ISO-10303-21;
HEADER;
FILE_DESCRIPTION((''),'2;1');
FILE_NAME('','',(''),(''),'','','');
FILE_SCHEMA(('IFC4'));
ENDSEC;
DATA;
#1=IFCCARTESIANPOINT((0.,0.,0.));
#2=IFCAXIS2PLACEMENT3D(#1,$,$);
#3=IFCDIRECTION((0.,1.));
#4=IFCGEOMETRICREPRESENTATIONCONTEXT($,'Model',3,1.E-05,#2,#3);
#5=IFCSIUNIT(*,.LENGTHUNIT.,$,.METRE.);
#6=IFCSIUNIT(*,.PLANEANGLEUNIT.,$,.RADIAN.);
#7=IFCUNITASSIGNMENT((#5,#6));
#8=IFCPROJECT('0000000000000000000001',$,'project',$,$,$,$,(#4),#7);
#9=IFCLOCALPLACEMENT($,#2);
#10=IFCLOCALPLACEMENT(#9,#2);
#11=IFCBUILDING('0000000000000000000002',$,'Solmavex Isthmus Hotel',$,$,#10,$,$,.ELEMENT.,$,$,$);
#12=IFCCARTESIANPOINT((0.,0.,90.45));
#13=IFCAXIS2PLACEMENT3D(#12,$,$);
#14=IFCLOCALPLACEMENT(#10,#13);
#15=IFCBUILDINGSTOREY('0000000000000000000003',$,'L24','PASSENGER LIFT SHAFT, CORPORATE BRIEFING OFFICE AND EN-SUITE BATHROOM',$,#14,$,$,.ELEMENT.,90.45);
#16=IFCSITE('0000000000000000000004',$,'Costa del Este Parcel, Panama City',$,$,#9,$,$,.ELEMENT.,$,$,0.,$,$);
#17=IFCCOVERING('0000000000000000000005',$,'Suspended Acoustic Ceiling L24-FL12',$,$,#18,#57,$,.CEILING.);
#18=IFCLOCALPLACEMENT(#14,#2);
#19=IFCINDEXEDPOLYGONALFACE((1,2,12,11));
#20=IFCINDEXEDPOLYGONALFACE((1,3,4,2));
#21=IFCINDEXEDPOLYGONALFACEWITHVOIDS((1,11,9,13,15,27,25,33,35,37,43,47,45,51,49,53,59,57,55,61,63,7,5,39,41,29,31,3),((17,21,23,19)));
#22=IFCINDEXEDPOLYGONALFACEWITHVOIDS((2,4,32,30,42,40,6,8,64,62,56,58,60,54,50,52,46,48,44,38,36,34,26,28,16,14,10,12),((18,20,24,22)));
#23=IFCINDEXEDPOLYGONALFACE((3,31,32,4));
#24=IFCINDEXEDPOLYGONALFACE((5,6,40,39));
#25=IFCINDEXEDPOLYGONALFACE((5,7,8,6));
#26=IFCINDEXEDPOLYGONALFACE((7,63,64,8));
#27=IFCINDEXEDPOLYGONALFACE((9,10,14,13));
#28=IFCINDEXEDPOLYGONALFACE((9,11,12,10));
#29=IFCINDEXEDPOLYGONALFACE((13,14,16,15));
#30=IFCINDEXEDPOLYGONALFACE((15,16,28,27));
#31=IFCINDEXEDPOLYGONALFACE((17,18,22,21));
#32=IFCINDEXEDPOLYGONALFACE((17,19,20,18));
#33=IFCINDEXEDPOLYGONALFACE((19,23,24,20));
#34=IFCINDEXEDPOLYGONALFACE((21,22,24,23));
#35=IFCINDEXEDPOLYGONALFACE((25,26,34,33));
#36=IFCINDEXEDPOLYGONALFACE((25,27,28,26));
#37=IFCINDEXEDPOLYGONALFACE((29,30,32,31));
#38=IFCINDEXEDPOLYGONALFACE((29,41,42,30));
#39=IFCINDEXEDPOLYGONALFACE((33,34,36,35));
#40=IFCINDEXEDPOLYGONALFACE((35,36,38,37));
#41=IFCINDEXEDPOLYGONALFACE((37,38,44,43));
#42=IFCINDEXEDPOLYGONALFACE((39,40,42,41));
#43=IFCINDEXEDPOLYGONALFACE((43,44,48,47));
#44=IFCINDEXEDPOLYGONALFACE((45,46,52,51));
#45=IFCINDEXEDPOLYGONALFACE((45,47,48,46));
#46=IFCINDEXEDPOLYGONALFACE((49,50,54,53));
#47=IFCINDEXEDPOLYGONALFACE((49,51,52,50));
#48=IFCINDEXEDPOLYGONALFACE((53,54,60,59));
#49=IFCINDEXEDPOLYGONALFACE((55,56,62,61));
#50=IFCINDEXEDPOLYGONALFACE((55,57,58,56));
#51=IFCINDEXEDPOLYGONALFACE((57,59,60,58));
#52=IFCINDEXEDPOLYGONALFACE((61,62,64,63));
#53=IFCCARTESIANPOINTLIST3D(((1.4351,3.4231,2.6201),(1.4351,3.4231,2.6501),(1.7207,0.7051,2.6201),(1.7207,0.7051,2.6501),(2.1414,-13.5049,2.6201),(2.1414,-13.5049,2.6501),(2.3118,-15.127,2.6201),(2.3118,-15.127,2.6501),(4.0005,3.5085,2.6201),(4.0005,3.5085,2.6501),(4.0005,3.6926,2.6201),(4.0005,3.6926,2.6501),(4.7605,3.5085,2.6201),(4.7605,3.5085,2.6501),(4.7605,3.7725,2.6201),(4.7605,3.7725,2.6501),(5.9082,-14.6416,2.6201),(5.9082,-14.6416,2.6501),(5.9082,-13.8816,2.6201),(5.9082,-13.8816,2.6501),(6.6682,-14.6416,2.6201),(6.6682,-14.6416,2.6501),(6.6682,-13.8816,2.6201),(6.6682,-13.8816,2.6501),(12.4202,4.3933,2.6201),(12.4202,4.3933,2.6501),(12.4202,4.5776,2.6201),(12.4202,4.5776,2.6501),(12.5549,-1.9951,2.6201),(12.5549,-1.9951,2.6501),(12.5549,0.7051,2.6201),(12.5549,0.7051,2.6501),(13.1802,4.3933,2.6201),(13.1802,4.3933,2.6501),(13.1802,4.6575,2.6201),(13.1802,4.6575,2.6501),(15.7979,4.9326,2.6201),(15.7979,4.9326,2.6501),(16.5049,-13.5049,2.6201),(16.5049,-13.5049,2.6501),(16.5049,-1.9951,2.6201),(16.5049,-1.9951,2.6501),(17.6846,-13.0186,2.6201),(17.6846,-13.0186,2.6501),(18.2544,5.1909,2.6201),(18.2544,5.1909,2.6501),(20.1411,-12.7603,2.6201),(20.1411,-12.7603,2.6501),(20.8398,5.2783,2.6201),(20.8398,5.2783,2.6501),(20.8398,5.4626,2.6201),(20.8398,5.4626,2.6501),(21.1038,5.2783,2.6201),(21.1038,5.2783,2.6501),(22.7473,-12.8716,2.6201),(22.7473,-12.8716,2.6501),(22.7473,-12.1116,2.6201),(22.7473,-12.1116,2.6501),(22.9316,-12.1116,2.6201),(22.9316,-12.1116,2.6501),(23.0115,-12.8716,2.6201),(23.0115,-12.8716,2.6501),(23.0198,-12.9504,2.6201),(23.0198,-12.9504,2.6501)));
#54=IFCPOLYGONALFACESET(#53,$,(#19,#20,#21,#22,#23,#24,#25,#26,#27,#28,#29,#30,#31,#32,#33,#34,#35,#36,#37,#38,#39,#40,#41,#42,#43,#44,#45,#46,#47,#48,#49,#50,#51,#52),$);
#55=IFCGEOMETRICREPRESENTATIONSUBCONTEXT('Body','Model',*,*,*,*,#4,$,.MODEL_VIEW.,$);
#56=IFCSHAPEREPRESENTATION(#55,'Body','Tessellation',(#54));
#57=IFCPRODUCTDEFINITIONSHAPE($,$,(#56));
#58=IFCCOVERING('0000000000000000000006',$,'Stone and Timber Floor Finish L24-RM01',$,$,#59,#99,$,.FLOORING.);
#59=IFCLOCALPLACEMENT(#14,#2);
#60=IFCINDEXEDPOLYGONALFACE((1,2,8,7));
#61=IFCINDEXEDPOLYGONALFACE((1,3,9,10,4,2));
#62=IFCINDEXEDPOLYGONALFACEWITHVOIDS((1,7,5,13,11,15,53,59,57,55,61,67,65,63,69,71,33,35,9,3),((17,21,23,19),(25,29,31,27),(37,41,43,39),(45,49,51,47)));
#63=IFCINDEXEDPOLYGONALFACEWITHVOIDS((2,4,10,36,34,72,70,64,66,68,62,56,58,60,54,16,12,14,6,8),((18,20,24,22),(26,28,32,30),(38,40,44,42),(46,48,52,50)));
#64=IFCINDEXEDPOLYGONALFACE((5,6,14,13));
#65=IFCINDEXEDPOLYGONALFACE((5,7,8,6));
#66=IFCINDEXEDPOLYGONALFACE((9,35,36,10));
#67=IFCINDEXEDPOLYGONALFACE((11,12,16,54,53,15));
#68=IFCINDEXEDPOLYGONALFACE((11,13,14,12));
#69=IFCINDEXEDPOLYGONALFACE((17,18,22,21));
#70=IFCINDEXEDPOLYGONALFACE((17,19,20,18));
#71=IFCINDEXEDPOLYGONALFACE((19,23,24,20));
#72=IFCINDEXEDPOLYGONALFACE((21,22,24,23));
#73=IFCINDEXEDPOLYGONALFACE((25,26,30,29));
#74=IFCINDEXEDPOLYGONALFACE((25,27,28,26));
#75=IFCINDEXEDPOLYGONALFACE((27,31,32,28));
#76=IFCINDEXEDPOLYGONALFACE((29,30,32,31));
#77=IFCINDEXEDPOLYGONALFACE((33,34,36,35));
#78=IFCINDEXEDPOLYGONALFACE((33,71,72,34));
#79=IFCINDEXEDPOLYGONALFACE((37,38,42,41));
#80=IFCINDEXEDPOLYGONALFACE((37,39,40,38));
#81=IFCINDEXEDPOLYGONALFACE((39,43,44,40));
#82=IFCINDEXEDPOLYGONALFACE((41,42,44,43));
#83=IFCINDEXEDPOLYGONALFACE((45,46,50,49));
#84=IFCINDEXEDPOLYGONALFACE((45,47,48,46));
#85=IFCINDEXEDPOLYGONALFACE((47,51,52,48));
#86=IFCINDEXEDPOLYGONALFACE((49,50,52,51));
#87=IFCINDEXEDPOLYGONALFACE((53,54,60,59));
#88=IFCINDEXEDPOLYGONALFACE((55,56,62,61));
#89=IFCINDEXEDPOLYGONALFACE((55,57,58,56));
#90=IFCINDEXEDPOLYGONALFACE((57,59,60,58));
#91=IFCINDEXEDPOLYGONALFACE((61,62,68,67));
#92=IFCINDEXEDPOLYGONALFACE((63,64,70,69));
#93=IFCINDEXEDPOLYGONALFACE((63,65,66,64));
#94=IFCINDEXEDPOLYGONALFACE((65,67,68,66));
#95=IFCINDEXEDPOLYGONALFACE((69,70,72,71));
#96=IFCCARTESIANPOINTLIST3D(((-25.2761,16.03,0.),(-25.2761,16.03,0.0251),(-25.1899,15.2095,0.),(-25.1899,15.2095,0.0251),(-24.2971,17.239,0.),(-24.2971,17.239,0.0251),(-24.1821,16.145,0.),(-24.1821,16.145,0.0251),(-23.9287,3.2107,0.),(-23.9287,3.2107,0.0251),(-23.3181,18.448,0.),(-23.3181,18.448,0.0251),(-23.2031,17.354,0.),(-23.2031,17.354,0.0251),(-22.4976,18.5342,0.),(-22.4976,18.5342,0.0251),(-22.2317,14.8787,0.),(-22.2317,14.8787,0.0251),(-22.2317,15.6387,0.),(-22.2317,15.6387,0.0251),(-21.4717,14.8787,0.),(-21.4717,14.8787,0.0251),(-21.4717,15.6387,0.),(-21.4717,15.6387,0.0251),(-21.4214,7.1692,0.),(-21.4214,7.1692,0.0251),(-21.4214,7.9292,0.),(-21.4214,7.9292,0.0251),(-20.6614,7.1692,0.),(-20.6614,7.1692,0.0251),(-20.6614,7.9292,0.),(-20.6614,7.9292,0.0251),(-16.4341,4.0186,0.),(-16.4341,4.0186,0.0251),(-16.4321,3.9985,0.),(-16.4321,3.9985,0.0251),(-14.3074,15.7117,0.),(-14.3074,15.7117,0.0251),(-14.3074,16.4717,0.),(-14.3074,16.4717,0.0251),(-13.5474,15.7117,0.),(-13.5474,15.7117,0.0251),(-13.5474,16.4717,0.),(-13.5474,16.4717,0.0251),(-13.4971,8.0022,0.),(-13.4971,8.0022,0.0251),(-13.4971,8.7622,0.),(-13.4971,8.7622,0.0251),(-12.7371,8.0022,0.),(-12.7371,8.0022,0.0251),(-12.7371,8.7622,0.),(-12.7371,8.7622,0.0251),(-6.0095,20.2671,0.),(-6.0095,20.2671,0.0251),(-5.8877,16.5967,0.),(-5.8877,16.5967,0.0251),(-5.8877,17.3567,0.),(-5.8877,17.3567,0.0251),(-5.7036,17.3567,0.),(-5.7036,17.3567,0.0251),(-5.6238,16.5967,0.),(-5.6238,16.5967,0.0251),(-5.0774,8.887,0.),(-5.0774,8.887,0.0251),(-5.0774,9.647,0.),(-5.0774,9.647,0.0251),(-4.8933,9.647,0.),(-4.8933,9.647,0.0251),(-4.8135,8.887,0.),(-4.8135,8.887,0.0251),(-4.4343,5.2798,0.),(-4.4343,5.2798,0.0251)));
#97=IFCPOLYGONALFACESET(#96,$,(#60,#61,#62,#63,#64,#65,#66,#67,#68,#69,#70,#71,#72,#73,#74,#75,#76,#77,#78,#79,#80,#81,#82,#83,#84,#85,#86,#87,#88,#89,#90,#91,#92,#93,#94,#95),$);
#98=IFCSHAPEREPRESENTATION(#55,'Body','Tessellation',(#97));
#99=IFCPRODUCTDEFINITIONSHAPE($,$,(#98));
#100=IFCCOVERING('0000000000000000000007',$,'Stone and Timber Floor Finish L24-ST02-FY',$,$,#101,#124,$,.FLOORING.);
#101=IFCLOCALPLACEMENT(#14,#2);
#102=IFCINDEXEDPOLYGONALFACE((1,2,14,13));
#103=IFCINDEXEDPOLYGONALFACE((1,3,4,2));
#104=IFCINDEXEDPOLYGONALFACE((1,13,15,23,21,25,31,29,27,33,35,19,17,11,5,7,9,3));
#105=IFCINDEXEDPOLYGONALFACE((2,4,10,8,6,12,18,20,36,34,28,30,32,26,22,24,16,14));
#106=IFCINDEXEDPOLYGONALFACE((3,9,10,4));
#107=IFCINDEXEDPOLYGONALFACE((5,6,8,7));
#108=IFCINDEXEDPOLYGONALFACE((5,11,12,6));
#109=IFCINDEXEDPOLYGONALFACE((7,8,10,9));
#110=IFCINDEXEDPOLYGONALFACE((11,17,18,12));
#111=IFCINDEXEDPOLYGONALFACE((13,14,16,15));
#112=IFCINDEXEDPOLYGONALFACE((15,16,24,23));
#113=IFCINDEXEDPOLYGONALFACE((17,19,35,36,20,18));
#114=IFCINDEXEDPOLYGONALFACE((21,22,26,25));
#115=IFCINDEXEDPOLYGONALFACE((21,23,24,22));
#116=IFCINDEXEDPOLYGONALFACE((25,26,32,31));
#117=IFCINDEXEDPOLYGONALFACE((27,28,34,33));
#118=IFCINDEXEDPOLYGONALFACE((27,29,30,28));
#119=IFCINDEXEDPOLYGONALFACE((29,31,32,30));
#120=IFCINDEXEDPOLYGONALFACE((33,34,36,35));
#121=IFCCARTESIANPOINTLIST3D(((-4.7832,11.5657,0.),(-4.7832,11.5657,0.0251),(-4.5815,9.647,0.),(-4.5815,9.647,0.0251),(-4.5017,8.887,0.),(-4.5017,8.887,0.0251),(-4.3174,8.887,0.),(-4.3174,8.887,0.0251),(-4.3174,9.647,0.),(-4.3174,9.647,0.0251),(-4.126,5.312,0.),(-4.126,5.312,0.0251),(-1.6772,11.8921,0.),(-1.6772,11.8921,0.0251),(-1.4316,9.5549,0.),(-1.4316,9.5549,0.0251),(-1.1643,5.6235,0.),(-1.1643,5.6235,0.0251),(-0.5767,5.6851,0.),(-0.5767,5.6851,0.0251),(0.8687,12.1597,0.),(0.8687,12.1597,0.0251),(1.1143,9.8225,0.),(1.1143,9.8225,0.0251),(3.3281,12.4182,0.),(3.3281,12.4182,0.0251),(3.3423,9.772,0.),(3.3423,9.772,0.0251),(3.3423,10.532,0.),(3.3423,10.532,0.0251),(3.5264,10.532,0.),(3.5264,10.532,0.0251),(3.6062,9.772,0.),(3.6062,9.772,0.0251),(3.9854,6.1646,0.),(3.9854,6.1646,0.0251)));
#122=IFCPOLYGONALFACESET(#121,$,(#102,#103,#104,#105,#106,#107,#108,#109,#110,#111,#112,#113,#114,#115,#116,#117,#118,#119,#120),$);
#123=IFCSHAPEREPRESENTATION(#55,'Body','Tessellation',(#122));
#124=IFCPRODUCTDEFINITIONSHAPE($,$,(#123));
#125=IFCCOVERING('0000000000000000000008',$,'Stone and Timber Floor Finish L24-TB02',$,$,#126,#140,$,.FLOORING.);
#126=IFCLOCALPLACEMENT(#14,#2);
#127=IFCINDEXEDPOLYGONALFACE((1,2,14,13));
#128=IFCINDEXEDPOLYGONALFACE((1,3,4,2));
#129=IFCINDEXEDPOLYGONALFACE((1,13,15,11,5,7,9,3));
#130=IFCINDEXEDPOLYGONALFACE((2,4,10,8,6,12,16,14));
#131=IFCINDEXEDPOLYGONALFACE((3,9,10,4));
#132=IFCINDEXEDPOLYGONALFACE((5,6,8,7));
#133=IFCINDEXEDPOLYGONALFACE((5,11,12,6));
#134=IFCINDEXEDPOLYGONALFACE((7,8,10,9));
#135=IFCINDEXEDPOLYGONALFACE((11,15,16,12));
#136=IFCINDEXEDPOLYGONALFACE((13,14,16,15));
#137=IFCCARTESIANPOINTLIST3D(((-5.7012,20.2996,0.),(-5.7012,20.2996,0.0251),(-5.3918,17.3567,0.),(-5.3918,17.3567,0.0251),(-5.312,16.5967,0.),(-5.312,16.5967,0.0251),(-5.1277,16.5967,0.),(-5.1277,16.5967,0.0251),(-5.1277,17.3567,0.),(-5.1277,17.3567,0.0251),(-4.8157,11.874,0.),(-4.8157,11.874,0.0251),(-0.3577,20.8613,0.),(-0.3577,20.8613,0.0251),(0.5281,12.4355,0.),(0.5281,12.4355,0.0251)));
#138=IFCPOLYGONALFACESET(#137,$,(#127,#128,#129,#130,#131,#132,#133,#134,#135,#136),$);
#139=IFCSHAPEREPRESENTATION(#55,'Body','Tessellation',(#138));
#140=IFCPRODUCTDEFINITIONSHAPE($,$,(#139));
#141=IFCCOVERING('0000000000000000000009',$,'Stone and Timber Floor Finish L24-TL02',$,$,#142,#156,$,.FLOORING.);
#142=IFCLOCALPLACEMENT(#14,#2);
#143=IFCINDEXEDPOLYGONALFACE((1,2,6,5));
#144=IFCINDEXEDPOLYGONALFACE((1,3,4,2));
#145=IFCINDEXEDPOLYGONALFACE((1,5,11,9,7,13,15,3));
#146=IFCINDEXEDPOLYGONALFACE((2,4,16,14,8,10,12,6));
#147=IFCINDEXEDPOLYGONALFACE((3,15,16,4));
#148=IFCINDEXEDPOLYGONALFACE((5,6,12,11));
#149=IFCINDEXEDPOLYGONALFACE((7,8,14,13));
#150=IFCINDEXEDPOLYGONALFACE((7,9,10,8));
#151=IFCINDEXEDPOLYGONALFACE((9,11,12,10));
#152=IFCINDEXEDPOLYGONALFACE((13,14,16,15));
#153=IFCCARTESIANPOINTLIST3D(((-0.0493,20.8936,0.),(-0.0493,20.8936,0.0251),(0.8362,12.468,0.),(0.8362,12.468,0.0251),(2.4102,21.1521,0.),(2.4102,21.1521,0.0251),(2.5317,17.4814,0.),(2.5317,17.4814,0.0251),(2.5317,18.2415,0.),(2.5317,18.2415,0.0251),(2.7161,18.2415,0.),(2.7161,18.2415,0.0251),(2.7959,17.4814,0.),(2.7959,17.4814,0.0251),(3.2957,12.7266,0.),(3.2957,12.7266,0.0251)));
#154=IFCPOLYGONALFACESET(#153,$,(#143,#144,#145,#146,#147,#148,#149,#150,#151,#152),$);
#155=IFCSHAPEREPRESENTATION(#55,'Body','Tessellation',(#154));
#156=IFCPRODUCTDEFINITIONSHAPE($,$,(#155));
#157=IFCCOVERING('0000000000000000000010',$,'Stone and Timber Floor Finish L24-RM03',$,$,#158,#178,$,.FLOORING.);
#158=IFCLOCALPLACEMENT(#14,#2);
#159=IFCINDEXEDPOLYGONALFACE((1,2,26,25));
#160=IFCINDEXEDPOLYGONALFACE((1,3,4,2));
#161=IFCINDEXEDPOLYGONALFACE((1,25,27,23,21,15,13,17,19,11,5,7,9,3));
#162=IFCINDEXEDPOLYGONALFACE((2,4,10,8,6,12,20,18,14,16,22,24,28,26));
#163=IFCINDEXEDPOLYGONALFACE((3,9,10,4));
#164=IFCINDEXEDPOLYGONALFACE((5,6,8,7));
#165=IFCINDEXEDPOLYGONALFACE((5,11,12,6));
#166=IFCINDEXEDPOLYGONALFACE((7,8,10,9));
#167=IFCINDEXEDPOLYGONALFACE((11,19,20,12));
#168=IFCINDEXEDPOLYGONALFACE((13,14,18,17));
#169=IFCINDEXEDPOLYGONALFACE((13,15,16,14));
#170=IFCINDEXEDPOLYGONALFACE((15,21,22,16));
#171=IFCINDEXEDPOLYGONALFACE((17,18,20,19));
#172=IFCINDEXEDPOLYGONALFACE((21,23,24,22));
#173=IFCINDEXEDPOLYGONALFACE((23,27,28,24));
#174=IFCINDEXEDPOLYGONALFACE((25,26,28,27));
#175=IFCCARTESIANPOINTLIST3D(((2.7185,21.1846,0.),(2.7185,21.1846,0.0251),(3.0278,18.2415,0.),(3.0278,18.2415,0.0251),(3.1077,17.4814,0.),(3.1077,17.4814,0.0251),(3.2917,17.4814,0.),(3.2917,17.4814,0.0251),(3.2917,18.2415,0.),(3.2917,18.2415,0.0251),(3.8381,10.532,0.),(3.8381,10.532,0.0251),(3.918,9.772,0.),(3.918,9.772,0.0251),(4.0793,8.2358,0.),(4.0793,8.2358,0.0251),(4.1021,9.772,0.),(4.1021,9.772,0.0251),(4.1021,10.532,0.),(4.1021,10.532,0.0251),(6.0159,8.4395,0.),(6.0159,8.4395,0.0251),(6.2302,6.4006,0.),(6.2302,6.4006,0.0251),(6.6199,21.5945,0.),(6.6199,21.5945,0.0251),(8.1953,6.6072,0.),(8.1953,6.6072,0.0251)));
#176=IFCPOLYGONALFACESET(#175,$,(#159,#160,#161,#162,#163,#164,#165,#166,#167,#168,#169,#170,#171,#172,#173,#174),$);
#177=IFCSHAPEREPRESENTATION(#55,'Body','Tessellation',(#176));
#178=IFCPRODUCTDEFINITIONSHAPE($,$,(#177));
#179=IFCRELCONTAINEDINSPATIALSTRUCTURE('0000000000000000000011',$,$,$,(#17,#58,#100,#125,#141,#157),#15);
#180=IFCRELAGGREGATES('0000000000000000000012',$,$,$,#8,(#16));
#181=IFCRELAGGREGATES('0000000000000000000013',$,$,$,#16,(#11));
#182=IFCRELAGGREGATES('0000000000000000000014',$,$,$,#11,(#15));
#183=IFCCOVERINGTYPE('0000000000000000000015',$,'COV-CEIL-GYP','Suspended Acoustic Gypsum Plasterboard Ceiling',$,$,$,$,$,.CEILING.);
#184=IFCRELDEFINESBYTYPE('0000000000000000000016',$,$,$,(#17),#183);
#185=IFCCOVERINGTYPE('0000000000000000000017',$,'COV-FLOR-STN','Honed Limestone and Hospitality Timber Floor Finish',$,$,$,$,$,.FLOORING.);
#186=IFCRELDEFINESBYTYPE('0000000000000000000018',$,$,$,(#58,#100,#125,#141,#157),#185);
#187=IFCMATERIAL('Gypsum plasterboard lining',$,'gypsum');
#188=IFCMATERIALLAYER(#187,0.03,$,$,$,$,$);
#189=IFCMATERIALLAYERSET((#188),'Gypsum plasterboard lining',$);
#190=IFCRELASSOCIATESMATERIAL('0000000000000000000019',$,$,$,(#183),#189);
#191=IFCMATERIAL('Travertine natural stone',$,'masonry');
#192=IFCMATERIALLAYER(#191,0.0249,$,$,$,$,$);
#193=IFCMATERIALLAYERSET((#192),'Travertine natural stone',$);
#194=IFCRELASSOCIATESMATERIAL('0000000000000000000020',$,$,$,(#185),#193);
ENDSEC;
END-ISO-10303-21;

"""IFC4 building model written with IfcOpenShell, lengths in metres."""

from ifc_helpers import new_model, si_unit, direction, frame, origin, place, context, subcontext, project, spatial, polyline, outline, extrude, material, layer, layer_set, type_object, element, save


model = new_model("IFC4")

# Units and contexts
model_context = context("Model", 3, precision=1e-05, world=origin(), true_north=direction((0.0, 1.0)))
body_context = subcontext(model_context, "Body", "Model", "MODEL_VIEW")
ifc_project = project(units=[si_unit("LENGTHUNIT", "METRE"), si_unit("PLANEANGLEUNIT", "RADIAN")], contexts=[model_context])

# Site, building, storey
site_placement = place(None, origin())
site = spatial("IfcSite", under=ifc_project, at=site_placement, Name="Costa del Este Parcel, Panama City", CompositionType="ELEMENT", RefElevation=0.0)
building_placement = place(site_placement, origin())
building = spatial("IfcBuilding", under=site, at=building_placement, Name="Solmavex Isthmus Hotel", CompositionType="ELEMENT")
storey_placement = place(building_placement, frame((0.0, 0.0, 90.45)))
storey = spatial("IfcBuildingStorey", under=building, at=storey_placement, Name="L24", Description="PASSENGER LIFT SHAFT, CORPORATE BRIEFING OFFICE AND EN-SUITE BATHROOM", CompositionType="ELEMENT", Elevation=90.45)

# Coverings
ifc_material_1 = material(Name="Gypsum plasterboard lining", Category="gypsum")
ifc_layer_1 = layer(ifc_material_1, 0.03)
ifc_layer_set_1 = layer_set([ifc_layer_1], Name="Gypsum plasterboard lining")
covering_type_1 = type_object("IfcCoveringType", Name="COV-CEIL-GYP", Description="Suspended Acoustic Gypsum Plasterboard Ceiling", PredefinedType="CEILING", material=ifc_layer_set_1)
covering_1_placement = place(storey_placement, frame((0.0, 0.0, 2.6201)))
element("IfcCovering", 1, at=covering_1_placement, inside=storey, type_object=covering_type_1, Name="Suspended Acoustic Ceiling L24-FL12", PredefinedType="CEILING", context=body_context, shape_type="SweptSolid", body=[
    extrude(outline(polyline([(4.7605, 3.7725), (4.7605, 3.5085), (4.0005, 3.5085), (4.0005, 3.6926), (1.4351, 3.4231), (1.7207, 0.7051), (12.5549, 0.7051), (12.5549, -1.9951), (16.5049, -1.9951), (16.5049, -13.5049), (2.1414, -13.5049), (2.3118, -15.127), (23.0198, -12.9504), (23.0115, -12.8716), (22.7473, -12.8716), (22.7473, -12.1116), (22.9316, -12.1116), (21.1038, 5.2783), (20.8398, 5.2783), (20.8398, 5.4626), (18.2544, 5.1909), (20.1411, -12.7603), (17.6846, -13.0186), (15.7979, 4.9326), (13.1802, 4.6575), (13.1802, 4.3933), (12.4202, 4.3933), (12.4202, 4.5776), (4.7605, 3.7725)]), holes=[polyline([(5.9082, -14.6416), (5.9082, -13.8816), (6.6682, -13.8816), (6.6682, -14.6416), (5.9082, -14.6416)])]), origin(), (0.0, 0.0, 1.0), 0.03),
])
ifc_material_2 = material(Name="Travertine natural stone", Category="masonry")
ifc_layer_2 = layer(ifc_material_2, 0.0249)
ifc_layer_set_2 = layer_set([ifc_layer_2], Name="Travertine natural stone")
covering_type_2 = type_object("IfcCoveringType", Name="COV-FLOR-STN", Description="Honed Limestone and Hospitality Timber Floor Finish", PredefinedType="FLOORING", material=ifc_layer_set_2)
covering_2_placement = place(storey_placement, origin())
element("IfcCovering", 2, at=covering_2_placement, inside=storey, type_object=covering_type_2, Name="Stone and Timber Floor Finish L24-RM01", PredefinedType="FLOORING", context=body_context, shape_type="SweptSolid", body=[
    extrude(outline(polyline([(-16.4321, 3.9985), (-16.4341, 4.0186), (-4.4343, 5.2798), (-4.8135, 8.887), (-5.0774, 8.887), (-5.0774, 9.647), (-4.8933, 9.647), (-5.6238, 16.5967), (-5.8877, 16.5967), (-5.8877, 17.3567), (-5.7036, 17.3567), (-6.0095, 20.2671), (-22.4976, 18.5342), (-23.3181, 18.448), (-23.2031, 17.354), (-24.2971, 17.239), (-24.1821, 16.145), (-25.2761, 16.03), (-25.1899, 15.2095), (-23.9287, 3.2107), (-16.4321, 3.9985)]), holes=[polyline([(-13.4971, 8.0022), (-13.4971, 8.7622), (-12.7371, 8.7622), (-12.7371, 8.0022), (-13.4971, 8.0022)]), polyline([(-14.3074, 16.4717), (-13.5474, 16.4717), (-13.5474, 15.7117), (-14.3074, 15.7117), (-14.3074, 16.4717)]), polyline([(-21.4214, 7.1692), (-21.4214, 7.9292), (-20.6614, 7.9292), (-20.6614, 7.1692), (-21.4214, 7.1692)]), polyline([(-22.2317, 14.8787), (-22.2317, 15.6387), (-21.4717, 15.6387), (-21.4717, 14.8787), (-22.2317, 14.8787)])]), origin(), (0.0, 0.0, 1.0), 0.0251),
])
covering_3_placement = place(storey_placement, origin())
element("IfcCovering", 3, at=covering_3_placement, inside=storey, type_object=covering_type_2, Name="Stone and Timber Floor Finish L24-ST02-FY", PredefinedType="FLOORING", context=body_context, shape_type="SweptSolid", body=[
    extrude(outline(polyline([(-4.5815, 9.647), (-4.3174, 9.647), (-4.3174, 8.887), (-4.5017, 8.887), (-4.126, 5.312), (-1.1643, 5.6235), (-0.5767, 5.6851), (3.9854, 6.1646), (3.6062, 9.772), (3.3423, 9.772), (3.3423, 10.532), (3.5264, 10.532), (3.3281, 12.4182), (0.8687, 12.1597), (1.1143, 9.8225), (-1.4316, 9.5549), (-1.6772, 11.8921), (-4.7832, 11.5657), (-4.5815, 9.647)])), origin(), (0.0, 0.0, 1.0), 0.0251),
])
covering_4_placement = place(storey_placement, origin())
element("IfcCovering", 4, at=covering_4_placement, inside=storey, type_object=covering_type_2, Name="Stone and Timber Floor Finish L24-TB02", PredefinedType="FLOORING", context=body_context, shape_type="SweptSolid", body=[
    extrude(outline(polyline([(-5.3918, 17.3567), (-5.1277, 17.3567), (-5.1277, 16.5967), (-5.312, 16.5967), (-4.8157, 11.874), (0.5281, 12.4355), (-0.3577, 20.8613), (-5.7012, 20.2996), (-5.3918, 17.3567)])), origin(), (0.0, 0.0, 1.0), 0.0251),
])
covering_5_placement = place(storey_placement, origin())
element("IfcCovering", 5, at=covering_5_placement, inside=storey, type_object=covering_type_2, Name="Stone and Timber Floor Finish L24-TL02", PredefinedType="FLOORING", context=body_context, shape_type="SweptSolid", body=[
    extrude(outline(polyline([(2.7959, 17.4814), (2.5317, 17.4814), (2.5317, 18.2415), (2.7161, 18.2415), (2.4102, 21.1521), (-0.0493, 20.8936), (0.8362, 12.468), (3.2957, 12.7266), (2.7959, 17.4814)])), origin(), (0.0, 0.0, 1.0), 0.0251),
])
covering_6_placement = place(storey_placement, origin())
element("IfcCovering", 6, at=covering_6_placement, inside=storey, type_object=covering_type_2, Name="Stone and Timber Floor Finish L24-RM03", PredefinedType="FLOORING", context=body_context, shape_type="SweptSolid", body=[
    extrude(outline(polyline([(3.8381, 10.532), (4.1021, 10.532), (4.1021, 9.772), (3.918, 9.772), (4.0793, 8.2358), (6.0159, 8.4395), (6.2302, 6.4006), (8.1953, 6.6072), (6.6199, 21.5945), (2.7185, 21.1846), (3.0278, 18.2415), (3.2917, 18.2415), (3.2917, 17.4814), (3.1077, 17.4814), (3.8381, 10.532)])), origin(), (0.0, 0.0, 1.0), 0.0251),
])

save(model, "model.ifc")
